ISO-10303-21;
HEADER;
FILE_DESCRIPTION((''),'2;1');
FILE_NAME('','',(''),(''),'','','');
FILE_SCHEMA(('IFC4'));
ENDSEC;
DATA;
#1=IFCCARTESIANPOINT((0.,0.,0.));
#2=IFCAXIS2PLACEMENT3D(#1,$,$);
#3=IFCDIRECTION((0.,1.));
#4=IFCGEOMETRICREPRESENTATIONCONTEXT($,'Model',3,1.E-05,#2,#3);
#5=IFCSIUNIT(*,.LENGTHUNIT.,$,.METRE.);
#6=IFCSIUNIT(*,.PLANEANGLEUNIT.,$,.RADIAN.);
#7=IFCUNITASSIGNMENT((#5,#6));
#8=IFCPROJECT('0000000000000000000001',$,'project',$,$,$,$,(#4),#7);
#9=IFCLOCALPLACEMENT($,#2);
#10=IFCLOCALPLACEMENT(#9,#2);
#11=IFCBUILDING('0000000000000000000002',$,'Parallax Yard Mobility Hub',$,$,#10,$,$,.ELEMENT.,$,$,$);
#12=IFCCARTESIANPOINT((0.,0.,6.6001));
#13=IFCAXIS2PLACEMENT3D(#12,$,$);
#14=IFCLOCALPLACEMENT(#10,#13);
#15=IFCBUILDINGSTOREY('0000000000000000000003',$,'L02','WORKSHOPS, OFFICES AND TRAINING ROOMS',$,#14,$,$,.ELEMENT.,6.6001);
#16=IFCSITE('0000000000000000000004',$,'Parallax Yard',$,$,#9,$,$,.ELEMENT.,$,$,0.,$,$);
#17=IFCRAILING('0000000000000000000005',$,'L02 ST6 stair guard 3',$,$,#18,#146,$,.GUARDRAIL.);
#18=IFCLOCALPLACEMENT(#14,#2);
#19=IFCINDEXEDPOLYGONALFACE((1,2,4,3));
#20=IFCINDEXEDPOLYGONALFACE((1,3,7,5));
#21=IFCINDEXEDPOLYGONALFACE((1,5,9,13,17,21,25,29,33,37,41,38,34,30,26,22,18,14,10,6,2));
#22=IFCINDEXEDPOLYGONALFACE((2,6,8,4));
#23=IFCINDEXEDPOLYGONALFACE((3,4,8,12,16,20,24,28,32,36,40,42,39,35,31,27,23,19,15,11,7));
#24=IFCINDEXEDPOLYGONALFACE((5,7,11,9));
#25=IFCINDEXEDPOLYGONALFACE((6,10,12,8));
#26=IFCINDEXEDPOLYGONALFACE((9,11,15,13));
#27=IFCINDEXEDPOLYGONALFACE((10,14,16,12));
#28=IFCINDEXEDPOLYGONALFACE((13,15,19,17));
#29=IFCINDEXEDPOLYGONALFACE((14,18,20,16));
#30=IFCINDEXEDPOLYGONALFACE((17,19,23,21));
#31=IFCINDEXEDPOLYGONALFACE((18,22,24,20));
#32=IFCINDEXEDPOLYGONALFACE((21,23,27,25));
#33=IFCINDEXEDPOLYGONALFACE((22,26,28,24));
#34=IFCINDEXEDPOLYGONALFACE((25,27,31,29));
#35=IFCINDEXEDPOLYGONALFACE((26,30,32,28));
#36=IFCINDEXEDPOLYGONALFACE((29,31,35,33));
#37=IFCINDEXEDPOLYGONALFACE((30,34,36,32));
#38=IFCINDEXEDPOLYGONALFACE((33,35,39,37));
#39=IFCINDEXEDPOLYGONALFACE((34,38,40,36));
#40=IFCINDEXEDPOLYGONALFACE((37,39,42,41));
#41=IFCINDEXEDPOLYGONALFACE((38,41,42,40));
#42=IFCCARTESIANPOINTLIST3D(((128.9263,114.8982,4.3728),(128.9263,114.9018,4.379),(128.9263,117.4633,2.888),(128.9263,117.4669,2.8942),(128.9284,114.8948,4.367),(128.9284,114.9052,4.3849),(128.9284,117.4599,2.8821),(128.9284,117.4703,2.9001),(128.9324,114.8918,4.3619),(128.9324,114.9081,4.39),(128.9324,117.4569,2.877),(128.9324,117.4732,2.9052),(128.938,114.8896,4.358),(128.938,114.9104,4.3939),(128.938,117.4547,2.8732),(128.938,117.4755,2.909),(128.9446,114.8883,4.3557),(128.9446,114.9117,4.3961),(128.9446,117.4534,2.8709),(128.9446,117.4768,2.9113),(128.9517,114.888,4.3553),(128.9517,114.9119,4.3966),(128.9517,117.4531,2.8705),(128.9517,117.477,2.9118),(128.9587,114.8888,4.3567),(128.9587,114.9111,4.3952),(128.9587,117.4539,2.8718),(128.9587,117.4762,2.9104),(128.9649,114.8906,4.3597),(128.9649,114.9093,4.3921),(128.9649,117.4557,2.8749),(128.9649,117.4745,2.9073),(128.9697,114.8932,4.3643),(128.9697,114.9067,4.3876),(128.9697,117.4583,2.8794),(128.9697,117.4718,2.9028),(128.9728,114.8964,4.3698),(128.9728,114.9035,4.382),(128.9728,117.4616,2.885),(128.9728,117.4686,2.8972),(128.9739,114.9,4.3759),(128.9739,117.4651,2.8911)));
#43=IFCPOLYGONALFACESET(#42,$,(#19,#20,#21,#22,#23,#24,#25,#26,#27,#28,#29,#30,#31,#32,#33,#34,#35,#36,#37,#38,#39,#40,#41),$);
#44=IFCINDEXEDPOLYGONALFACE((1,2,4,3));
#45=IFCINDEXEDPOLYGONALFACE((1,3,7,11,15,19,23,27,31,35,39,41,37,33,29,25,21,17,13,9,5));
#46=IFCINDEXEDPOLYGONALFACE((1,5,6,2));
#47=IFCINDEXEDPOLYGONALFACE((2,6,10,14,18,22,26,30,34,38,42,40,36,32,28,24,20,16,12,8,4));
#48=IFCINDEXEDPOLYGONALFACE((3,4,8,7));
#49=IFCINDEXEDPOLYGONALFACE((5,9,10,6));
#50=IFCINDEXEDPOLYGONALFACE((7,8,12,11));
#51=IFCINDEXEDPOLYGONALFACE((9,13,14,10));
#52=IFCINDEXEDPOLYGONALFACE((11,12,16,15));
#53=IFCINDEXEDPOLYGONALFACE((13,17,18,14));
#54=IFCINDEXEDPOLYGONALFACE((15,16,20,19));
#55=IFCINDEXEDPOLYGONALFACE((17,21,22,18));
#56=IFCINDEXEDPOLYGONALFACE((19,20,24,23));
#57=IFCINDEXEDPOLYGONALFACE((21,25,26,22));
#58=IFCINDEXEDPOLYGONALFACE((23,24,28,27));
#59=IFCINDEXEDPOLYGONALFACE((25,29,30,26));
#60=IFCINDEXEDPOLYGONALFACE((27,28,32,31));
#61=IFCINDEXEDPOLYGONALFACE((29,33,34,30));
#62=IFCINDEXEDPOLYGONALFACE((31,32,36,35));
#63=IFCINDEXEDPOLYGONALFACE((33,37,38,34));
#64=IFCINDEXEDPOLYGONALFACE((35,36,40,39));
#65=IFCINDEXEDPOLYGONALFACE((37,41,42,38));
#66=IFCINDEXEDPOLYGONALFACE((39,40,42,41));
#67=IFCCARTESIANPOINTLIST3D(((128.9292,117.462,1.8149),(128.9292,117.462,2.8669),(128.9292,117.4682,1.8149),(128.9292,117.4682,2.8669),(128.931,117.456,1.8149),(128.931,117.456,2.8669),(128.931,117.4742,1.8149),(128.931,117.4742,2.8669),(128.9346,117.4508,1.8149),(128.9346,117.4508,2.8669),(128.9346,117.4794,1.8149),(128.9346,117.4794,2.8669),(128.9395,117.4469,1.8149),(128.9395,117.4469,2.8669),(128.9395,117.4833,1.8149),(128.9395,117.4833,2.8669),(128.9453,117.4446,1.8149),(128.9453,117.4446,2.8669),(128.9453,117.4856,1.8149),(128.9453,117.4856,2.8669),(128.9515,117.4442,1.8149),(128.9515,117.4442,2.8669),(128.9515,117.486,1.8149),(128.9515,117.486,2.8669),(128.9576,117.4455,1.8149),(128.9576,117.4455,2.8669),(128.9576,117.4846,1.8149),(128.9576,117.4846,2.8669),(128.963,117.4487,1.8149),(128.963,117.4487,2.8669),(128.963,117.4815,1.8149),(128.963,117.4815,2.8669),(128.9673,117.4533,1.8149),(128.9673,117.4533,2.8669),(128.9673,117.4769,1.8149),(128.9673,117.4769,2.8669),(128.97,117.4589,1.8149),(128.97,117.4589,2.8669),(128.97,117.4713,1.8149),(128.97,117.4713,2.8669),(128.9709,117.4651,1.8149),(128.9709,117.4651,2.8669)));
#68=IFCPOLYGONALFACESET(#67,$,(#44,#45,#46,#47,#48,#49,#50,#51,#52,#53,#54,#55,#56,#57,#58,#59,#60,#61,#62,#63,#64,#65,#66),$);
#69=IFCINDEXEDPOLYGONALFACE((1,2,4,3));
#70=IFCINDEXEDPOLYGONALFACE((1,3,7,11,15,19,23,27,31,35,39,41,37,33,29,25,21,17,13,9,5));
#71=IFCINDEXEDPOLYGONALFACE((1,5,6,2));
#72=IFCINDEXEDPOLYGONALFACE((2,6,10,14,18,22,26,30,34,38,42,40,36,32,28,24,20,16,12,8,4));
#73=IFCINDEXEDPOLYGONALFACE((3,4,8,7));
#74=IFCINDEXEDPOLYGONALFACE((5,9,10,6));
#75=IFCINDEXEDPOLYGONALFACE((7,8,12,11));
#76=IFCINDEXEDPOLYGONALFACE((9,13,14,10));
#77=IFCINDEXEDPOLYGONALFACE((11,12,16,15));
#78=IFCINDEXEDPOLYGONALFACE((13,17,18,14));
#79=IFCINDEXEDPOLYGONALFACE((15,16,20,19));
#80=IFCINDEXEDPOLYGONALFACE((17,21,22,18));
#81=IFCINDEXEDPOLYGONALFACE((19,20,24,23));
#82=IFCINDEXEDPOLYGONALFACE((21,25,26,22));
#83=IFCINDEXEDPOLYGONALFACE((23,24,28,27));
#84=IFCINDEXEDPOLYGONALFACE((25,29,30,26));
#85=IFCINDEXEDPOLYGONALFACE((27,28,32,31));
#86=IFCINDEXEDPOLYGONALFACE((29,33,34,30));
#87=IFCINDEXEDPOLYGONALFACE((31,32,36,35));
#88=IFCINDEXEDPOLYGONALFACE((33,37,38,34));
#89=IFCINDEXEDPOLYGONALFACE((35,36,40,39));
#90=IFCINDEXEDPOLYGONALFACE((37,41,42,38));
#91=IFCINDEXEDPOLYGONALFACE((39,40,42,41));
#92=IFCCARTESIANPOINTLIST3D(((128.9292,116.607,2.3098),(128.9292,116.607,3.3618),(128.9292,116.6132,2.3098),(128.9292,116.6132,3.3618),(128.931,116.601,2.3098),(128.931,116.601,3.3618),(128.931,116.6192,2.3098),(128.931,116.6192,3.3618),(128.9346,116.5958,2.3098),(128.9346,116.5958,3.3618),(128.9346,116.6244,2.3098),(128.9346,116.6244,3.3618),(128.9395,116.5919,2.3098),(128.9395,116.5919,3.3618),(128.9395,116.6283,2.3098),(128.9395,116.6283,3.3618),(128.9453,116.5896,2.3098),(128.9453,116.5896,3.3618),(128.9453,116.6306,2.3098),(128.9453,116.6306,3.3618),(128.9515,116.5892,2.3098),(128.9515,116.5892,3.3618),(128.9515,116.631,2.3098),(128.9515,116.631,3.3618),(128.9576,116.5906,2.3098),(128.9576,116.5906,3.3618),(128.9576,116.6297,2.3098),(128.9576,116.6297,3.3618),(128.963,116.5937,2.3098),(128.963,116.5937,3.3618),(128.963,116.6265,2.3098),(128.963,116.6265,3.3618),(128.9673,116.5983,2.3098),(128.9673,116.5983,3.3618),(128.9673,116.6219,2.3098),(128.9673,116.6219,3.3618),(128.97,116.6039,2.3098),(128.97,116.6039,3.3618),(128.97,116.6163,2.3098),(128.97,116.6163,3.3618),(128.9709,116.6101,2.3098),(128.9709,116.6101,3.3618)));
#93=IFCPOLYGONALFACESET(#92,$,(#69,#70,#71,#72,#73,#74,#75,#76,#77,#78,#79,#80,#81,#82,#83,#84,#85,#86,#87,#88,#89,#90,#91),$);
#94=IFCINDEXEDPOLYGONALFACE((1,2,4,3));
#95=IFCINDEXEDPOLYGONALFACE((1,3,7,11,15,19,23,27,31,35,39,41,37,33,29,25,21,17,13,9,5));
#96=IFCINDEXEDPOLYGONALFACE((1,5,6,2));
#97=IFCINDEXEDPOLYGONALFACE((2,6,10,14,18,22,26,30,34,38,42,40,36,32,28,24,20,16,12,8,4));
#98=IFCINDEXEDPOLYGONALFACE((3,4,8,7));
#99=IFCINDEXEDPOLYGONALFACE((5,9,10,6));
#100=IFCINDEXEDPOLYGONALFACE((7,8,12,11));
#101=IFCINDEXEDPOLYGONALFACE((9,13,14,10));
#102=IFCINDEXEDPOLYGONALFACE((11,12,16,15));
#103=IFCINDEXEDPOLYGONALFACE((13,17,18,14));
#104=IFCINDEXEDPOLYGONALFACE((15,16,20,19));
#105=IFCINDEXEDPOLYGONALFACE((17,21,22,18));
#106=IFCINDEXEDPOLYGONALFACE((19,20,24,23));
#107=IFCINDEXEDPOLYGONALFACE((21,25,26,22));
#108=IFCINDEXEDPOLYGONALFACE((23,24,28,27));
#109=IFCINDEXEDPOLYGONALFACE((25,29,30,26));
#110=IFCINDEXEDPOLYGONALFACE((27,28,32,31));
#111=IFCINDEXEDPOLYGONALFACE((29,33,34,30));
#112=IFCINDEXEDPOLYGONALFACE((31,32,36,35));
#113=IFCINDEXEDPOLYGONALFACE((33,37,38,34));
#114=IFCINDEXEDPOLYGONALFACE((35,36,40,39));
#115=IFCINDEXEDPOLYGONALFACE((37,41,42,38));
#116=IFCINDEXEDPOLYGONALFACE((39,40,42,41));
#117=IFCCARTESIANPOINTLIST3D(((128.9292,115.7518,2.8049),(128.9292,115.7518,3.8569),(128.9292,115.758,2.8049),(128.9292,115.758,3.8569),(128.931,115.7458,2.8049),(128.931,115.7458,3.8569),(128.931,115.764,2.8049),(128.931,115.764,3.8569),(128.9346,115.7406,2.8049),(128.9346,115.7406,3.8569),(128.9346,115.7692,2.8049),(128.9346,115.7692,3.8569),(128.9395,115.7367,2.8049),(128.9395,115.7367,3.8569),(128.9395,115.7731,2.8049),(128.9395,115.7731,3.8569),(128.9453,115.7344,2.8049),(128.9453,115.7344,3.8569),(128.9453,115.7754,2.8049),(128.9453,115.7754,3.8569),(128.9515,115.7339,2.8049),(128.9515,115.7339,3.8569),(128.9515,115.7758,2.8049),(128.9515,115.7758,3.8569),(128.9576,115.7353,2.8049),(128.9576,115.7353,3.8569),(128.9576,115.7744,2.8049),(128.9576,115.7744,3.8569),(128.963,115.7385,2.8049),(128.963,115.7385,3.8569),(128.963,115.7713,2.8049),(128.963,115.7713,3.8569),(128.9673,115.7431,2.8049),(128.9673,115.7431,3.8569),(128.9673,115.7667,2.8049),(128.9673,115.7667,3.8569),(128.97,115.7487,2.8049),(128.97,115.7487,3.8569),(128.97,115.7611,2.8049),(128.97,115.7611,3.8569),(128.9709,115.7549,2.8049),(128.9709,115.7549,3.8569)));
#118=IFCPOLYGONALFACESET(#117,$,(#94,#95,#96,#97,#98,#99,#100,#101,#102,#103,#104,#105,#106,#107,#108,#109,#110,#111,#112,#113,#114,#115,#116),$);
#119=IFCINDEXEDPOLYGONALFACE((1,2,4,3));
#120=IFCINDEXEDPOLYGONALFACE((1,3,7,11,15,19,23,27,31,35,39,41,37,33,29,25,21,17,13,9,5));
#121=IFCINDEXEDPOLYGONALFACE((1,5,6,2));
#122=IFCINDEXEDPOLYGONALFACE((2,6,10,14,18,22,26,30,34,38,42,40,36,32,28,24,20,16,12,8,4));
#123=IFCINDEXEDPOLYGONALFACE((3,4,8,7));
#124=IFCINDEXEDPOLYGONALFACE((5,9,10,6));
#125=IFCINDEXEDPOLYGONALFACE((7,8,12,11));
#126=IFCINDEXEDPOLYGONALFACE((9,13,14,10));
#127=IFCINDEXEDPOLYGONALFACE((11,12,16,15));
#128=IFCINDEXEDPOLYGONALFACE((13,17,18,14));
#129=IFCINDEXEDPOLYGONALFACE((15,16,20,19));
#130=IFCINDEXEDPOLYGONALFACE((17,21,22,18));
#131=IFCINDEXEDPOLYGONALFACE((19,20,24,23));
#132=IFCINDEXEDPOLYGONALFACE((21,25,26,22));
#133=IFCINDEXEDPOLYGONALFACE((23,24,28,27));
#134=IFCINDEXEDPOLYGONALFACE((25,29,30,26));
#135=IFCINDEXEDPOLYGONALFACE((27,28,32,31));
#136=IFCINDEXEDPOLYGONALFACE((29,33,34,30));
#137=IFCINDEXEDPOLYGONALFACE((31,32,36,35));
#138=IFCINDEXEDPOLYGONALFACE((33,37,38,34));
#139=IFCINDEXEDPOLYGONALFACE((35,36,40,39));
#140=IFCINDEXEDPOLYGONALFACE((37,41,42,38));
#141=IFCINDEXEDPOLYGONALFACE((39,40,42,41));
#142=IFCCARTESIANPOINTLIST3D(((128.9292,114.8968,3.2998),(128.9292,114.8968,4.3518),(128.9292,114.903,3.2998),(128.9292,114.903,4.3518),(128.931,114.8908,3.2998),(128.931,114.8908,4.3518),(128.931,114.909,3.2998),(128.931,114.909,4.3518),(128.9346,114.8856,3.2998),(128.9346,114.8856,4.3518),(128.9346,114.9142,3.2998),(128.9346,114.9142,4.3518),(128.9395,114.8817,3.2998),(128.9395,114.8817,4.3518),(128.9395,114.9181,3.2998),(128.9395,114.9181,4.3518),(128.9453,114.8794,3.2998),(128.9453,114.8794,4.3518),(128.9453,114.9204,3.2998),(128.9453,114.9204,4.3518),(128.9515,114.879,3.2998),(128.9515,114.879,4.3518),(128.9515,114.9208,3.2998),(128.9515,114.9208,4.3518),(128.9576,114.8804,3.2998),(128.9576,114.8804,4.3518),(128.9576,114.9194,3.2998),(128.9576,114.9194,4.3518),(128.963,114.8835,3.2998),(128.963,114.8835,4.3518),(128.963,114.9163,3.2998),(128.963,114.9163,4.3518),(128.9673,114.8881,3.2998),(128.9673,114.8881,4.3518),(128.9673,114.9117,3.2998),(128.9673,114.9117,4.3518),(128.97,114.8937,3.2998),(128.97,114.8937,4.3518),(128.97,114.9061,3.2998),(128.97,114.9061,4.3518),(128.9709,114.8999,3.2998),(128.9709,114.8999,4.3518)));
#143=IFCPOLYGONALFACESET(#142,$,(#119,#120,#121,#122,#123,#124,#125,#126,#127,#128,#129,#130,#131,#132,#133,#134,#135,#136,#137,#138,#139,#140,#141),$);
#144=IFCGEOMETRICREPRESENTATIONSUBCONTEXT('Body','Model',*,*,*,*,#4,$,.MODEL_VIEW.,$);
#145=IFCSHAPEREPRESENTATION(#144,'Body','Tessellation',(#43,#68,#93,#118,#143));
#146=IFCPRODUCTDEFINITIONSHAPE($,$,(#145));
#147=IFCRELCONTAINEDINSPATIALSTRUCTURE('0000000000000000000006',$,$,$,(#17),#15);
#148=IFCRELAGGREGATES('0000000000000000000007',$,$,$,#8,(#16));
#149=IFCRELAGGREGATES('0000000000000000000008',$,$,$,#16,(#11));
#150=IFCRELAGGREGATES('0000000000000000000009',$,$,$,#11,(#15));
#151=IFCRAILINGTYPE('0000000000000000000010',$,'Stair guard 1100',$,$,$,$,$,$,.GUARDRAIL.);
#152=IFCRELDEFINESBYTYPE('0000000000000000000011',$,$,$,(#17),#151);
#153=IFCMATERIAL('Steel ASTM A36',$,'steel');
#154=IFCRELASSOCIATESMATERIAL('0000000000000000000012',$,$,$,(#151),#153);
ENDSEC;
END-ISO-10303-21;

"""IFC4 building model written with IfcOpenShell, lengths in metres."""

from ifc_helpers import new_model, si_unit, direction, frame, origin, origin_2d, place, context, subcontext, project, spatial, circle, extrude, material, type_object, element, save


model = new_model("IFC4")

# Units and contexts
model_context = context("Model", 3, precision=1e-05, world=origin(), true_north=direction((0.0, 1.0)))
body_context = subcontext(model_context, "Body", "Model", "MODEL_VIEW")
ifc_project = project(units=[si_unit("LENGTHUNIT", "METRE"), si_unit("PLANEANGLEUNIT", "RADIAN")], contexts=[model_context])

# Site, building, storey
site_placement = place(None, origin())
site = spatial("IfcSite", under=ifc_project, at=site_placement, Name="Parallax Yard", CompositionType="ELEMENT", RefElevation=0.0)
building_placement = place(site_placement, origin())
building = spatial("IfcBuilding", under=site, at=building_placement, Name="Parallax Yard Mobility Hub", CompositionType="ELEMENT")
storey_placement = place(building_placement, frame((0.0, 0.0, 6.6001)))
storey = spatial("IfcBuildingStorey", under=building, at=storey_placement, Name="L02", Description="WORKSHOPS, OFFICES AND TRAINING ROOMS", CompositionType="ELEMENT", Elevation=6.6001)

# Railing
ifc_material_1 = material(Name="Steel ASTM A36", Category="steel")
railing_type_1 = type_object("IfcRailingType", Name="Stair guard 1100", PredefinedType="GUARDRAIL", material=ifc_material_1)
railing_1_placement = place(storey_placement, frame((128.95, 117.4651, 1.8149)))
element("IfcRailing", 1, at=railing_1_placement, inside=storey, type_object=railing_type_1, Name="L02 ST6 stair guard 3", PredefinedType="GUARDRAIL", context=body_context, shape_type="SweptSolid", body=[
    extrude(circle(Radius=0.0239, at=origin_2d()), frame((0.0, 0.0, 1.0762), z_axis=(0.0, -0.865462, 0.500975), x_axis=(1.0, 0.0, 0.0)), (0.0, 0.0, 1.0), 2.9639),
    extrude(circle(Radius=0.021, at=origin_2d()), origin(), (0.0, 0.0, 1.0), 1.052),
    extrude(circle(Radius=0.021, at=origin_2d()), frame((0.0, -0.855, 0.4949)), (0.0, 0.0, 1.0), 1.052),
    extrude(circle(Radius=0.021, at=origin_2d()), frame((0.0, -1.7102, 0.99)), (0.0, 0.0, 1.0), 1.052),
    extrude(circle(Radius=0.021, at=origin_2d()), frame((0.0, -2.5652, 1.4849)), (0.0, 0.0, 1.0), 1.052),
])

save(model, "model.ifc")
